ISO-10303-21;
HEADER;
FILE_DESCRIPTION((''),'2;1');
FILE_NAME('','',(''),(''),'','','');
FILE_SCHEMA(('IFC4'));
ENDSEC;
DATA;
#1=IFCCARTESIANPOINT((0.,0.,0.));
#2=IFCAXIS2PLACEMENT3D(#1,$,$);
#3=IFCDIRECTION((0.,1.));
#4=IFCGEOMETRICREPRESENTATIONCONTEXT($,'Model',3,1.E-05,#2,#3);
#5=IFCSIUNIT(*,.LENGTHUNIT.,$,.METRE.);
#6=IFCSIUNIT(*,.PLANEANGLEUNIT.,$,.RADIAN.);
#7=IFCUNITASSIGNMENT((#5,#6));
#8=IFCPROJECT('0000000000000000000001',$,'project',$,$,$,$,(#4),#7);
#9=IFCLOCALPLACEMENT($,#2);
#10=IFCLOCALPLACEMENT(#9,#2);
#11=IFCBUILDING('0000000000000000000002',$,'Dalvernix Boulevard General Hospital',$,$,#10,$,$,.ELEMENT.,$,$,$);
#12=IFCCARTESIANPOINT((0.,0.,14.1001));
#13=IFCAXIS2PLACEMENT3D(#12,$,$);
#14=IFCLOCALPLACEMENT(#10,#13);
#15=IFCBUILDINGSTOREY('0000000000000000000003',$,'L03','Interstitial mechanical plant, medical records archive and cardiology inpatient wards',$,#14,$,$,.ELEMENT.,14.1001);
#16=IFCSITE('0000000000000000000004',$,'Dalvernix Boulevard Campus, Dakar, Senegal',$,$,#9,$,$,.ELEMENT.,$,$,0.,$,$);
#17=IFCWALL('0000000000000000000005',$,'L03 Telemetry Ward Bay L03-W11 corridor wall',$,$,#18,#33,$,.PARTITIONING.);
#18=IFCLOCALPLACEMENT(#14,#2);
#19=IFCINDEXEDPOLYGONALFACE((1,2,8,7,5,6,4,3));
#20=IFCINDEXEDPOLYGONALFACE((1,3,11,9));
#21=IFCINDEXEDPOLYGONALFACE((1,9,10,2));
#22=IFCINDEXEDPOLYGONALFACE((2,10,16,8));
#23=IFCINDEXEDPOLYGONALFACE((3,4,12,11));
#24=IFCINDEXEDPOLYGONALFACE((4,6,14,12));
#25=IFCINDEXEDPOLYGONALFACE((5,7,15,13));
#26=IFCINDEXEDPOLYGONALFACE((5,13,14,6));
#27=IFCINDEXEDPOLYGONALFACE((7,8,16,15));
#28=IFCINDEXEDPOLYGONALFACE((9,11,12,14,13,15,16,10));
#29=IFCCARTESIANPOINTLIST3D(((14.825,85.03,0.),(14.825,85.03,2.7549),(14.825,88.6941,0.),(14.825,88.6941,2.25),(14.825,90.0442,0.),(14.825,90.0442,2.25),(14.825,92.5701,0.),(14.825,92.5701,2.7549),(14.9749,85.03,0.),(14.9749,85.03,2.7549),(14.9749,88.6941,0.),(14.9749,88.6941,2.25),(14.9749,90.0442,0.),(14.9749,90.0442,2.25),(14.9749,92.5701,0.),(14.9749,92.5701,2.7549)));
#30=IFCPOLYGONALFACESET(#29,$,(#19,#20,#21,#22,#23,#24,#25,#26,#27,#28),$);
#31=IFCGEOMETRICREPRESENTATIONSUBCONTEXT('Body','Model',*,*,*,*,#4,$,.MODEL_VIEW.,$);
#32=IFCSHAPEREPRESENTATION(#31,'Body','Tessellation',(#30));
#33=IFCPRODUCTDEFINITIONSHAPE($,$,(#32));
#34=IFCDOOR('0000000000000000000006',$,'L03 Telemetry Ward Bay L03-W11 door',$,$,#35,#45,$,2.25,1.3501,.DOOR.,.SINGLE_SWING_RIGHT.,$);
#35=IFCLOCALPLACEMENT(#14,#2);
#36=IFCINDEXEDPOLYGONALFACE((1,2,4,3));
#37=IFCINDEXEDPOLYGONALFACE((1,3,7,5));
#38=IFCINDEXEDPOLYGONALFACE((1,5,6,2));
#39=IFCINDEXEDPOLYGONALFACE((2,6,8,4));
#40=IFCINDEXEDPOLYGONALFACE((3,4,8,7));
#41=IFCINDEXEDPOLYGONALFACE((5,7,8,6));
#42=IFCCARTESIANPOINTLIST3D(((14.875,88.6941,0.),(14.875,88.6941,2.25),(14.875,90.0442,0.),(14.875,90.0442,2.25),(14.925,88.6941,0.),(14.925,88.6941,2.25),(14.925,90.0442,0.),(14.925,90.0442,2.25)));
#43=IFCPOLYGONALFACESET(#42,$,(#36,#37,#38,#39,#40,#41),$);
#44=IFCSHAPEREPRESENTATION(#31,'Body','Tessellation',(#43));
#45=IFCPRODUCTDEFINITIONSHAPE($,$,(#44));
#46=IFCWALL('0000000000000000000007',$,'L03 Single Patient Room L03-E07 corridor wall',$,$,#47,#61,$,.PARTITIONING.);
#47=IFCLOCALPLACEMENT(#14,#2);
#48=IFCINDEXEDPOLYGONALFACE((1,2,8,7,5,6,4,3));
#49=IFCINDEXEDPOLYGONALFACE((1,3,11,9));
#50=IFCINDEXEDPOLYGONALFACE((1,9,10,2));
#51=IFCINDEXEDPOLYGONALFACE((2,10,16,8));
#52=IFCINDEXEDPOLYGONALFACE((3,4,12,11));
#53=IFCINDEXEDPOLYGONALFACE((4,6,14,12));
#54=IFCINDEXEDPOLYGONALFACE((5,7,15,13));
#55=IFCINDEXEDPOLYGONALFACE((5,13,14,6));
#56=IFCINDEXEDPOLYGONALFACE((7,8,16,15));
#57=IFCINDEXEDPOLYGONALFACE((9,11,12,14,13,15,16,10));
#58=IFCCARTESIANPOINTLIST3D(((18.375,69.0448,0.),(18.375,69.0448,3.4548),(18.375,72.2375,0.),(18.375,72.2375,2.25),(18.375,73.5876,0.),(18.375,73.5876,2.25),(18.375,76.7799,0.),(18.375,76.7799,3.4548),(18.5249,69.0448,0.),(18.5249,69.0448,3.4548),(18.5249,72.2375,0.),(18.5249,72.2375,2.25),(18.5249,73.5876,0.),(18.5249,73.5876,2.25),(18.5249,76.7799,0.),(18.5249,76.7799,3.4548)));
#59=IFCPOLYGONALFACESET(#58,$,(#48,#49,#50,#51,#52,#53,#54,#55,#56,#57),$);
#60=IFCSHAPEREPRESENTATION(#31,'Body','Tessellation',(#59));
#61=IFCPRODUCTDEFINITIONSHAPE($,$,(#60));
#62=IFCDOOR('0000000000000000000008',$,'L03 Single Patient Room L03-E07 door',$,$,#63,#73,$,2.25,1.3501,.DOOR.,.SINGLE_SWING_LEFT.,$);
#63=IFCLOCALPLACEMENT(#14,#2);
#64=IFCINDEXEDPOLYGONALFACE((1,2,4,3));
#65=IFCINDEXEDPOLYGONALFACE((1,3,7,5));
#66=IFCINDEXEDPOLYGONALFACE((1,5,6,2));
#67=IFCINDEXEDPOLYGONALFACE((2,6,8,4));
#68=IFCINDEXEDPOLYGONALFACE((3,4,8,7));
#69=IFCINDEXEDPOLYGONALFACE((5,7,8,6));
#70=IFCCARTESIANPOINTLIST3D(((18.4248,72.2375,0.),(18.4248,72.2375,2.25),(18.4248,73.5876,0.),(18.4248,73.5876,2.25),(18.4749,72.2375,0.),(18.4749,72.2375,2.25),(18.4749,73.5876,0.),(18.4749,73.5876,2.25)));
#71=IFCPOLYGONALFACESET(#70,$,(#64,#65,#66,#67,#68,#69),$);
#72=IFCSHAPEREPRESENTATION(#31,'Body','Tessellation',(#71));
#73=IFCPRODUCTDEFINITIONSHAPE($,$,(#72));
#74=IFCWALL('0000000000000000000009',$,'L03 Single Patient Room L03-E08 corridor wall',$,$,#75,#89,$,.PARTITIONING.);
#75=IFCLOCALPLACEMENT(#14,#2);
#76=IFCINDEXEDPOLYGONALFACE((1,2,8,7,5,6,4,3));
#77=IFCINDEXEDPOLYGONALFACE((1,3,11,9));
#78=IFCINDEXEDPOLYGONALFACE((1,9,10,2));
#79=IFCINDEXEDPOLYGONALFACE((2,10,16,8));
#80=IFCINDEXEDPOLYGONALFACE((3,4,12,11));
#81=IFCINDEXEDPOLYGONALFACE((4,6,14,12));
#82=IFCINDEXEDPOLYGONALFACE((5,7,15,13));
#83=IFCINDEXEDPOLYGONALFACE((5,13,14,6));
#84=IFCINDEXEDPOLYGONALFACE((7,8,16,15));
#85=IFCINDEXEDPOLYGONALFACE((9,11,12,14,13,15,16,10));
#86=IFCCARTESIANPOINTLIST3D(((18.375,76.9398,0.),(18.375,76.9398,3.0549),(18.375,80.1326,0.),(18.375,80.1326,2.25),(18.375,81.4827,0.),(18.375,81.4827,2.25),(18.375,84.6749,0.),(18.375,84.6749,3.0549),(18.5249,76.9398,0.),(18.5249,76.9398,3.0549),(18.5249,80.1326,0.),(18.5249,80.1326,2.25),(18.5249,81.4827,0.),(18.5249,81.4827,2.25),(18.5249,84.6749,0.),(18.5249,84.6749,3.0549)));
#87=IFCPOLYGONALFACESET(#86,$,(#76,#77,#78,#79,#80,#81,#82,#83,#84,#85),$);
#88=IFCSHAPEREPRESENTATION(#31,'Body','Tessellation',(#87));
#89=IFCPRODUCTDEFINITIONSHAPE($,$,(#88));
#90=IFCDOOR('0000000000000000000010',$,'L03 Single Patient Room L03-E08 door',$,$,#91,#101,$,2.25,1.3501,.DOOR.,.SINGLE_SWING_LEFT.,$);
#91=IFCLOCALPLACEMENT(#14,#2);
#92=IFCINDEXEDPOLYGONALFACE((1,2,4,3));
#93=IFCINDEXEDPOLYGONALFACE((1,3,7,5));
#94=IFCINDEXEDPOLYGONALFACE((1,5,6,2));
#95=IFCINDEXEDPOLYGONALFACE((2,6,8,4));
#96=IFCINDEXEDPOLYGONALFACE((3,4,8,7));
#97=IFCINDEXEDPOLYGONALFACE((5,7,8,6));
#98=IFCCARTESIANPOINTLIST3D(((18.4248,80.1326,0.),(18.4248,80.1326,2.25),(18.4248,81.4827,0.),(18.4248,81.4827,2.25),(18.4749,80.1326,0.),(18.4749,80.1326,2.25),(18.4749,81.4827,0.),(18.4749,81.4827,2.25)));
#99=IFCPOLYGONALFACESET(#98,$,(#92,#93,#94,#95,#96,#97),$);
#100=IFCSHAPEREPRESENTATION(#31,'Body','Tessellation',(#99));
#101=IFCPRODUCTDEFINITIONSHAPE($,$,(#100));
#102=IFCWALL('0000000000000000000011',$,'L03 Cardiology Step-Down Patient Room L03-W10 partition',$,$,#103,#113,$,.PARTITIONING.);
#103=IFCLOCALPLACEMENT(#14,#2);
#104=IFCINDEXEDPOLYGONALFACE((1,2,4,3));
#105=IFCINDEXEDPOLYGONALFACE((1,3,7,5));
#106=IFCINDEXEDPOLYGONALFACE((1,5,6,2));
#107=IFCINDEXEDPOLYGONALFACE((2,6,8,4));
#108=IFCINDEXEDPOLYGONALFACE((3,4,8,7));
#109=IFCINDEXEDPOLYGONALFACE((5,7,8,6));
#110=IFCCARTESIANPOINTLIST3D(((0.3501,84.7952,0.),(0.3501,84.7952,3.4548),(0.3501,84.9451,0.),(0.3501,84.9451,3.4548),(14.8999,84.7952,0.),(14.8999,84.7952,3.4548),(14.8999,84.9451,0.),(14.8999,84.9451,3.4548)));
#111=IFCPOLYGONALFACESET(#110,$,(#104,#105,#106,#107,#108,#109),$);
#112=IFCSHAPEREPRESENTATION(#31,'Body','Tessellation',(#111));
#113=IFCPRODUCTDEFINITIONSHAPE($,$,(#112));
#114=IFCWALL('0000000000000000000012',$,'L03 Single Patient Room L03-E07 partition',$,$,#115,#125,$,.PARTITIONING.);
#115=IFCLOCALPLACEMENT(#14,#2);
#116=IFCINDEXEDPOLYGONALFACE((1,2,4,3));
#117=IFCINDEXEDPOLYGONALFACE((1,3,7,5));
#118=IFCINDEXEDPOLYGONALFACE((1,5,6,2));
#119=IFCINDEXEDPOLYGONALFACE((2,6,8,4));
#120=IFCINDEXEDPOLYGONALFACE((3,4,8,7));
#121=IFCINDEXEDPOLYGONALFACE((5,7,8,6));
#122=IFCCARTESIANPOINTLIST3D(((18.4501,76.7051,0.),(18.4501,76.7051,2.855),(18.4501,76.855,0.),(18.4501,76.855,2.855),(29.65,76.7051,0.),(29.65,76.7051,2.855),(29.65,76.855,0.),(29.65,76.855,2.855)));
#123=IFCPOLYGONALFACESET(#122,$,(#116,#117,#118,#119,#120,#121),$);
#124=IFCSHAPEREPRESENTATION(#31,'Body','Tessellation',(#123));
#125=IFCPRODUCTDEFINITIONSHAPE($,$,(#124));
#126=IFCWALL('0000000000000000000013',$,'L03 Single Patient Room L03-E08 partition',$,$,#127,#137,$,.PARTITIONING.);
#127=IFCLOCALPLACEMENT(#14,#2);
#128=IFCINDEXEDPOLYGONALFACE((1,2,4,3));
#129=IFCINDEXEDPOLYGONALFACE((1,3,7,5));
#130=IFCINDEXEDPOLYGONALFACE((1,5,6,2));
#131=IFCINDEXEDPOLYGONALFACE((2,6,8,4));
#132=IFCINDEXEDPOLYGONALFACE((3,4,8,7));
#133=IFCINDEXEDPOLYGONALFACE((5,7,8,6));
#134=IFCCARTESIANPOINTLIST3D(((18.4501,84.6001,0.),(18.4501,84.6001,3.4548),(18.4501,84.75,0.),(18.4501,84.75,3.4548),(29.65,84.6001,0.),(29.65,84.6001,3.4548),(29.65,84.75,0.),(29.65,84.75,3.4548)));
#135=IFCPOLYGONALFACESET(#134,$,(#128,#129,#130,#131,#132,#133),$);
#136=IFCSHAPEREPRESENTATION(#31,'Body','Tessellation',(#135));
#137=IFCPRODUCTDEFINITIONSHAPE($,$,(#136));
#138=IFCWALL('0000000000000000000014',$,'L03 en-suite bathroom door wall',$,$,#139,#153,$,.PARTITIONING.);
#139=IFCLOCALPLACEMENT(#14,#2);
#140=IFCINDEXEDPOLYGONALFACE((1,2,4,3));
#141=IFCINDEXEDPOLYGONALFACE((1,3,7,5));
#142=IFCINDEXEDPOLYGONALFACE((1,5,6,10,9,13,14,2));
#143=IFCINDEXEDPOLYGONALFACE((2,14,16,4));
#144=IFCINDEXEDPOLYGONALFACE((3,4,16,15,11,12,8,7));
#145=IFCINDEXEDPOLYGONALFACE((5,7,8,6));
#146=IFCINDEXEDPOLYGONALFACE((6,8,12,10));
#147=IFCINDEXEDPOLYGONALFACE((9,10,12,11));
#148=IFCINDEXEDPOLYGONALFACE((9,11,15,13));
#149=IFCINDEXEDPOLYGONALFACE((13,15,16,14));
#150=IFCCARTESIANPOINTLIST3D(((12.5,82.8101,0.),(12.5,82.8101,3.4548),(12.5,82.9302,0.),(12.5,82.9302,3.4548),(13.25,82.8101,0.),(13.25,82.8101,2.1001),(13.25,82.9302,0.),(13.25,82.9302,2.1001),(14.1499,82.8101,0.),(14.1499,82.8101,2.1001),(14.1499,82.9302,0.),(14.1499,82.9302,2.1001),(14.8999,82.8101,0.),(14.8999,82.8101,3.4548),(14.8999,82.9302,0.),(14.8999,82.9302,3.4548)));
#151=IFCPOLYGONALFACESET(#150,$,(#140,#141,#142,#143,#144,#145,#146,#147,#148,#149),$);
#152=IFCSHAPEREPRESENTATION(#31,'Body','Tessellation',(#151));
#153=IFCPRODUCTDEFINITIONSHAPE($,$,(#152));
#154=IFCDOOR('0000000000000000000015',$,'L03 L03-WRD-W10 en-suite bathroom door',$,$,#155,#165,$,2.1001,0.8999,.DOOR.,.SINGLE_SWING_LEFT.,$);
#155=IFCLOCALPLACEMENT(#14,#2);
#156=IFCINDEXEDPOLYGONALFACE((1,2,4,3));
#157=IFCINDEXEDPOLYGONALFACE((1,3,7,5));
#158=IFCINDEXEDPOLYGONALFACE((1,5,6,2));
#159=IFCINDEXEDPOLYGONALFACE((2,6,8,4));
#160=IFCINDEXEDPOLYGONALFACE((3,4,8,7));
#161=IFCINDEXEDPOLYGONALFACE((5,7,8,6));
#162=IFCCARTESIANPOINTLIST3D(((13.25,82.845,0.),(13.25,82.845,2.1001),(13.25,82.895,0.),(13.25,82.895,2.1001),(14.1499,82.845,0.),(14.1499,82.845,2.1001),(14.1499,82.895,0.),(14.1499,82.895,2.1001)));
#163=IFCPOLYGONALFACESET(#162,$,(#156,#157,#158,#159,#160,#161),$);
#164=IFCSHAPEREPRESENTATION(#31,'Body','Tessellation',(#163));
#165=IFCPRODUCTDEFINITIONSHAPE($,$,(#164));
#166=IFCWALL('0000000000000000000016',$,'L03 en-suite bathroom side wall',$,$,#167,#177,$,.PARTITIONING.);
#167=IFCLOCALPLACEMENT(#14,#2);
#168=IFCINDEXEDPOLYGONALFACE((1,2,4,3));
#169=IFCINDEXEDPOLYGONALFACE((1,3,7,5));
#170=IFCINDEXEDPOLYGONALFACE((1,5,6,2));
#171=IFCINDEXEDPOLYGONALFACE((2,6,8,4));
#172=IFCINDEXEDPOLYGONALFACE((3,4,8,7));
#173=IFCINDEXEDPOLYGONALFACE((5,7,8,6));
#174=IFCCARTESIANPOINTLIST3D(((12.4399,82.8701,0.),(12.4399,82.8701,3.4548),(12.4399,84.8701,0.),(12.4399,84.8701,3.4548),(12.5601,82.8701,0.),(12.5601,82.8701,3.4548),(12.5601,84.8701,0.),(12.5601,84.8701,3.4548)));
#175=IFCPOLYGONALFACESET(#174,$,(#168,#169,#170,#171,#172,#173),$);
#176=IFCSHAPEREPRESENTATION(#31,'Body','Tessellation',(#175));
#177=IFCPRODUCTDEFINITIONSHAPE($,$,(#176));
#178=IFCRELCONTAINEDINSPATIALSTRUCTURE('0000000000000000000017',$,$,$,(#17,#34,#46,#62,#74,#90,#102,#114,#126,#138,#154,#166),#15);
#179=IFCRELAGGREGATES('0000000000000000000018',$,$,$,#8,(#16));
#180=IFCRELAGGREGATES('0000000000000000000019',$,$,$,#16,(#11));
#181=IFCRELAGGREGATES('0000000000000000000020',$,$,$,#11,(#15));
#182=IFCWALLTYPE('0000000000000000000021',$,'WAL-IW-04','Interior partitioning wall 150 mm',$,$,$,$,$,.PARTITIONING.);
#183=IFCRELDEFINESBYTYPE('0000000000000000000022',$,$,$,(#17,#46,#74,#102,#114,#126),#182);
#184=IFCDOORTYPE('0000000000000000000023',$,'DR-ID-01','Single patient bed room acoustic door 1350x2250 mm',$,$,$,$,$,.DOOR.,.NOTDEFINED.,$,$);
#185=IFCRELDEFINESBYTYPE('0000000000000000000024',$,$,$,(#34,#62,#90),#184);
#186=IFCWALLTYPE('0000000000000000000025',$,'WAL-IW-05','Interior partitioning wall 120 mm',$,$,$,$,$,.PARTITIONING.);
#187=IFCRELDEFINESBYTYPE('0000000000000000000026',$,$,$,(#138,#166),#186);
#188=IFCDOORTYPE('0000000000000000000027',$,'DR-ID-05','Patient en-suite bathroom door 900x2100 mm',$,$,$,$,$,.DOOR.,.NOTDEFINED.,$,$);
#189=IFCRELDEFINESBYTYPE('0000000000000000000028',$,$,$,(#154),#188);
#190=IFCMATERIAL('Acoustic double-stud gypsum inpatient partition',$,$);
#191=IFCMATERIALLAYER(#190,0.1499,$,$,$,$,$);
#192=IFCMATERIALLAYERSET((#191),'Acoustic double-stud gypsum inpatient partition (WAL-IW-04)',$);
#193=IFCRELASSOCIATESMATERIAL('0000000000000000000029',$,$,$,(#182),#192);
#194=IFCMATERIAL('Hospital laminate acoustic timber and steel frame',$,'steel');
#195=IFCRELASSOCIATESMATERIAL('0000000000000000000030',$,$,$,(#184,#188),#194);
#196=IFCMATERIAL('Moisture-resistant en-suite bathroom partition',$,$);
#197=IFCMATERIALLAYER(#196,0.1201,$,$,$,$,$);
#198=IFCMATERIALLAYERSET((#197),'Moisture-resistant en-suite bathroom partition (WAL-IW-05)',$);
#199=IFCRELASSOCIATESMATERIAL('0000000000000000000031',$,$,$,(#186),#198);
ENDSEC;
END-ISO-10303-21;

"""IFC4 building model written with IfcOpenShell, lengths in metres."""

from ifc_helpers import new_model, si_unit, direction, frame, frame_2d, origin, place, context, subcontext, project, spatial, rectangle, extrude, material, layer, layer_set, type_object, element, fill, save


model = new_model("IFC4")

# Units and contexts
model_context = context("Model", 3, precision=1e-05, world=origin(), true_north=direction((0.0, 1.0)))
body_context = subcontext(model_context, "Body", "Model", "MODEL_VIEW")
ifc_project = project(units=[si_unit("LENGTHUNIT", "METRE"), si_unit("PLANEANGLEUNIT", "RADIAN")], contexts=[model_context])

# Site, building, storey
site_placement = place(None, origin())
site = spatial("IfcSite", under=ifc_project, at=site_placement, Name="Dalvernix Boulevard Campus, Dakar, Senegal", CompositionType="ELEMENT", RefElevation=0.0)
building_placement = place(site_placement, origin())
building = spatial("IfcBuilding", under=site, at=building_placement, Name="Dalvernix Boulevard General Hospital", CompositionType="ELEMENT")
storey_placement = place(building_placement, frame((0.0, 0.0, 14.1001)))
storey = spatial("IfcBuildingStorey", under=building, at=storey_placement, Name="L03", Description="Interstitial mechanical plant, medical records archive and cardiology inpatient wards", CompositionType="ELEMENT", Elevation=14.1001)

# Walls, openings, doors
ifc_material_1 = material(Name="Acoustic double-stud gypsum inpatient partition")
ifc_layer_1 = layer(ifc_material_1, 0.1499)
ifc_layer_set_1 = layer_set([ifc_layer_1], Name="Acoustic double-stud gypsum inpatient partition (WAL-IW-04)")
wall_type_1 = type_object("IfcWallType", Name="WAL-IW-04", Description="Interior partitioning wall 150 mm", PredefinedType="PARTITIONING", material=ifc_layer_set_1)
ifc_material_2 = material(Name="Hospital laminate acoustic timber and steel frame", Category="steel")
door_type_1 = type_object("IfcDoorType", Name="DR-ID-01", Description="Single patient bed room acoustic door 1350x2250 mm", OperationType="NOTDEFINED", PredefinedType="DOOR", material=ifc_material_2)
wall_1_placement = place(storey_placement, frame((14.8999, 85.03, 0.0), z_axis=(0.0, 0.0, 1.0), x_axis=(0.0, 1.0, 0.0)))
wall_1 = element("IfcWall", 1, at=wall_1_placement, inside=storey, type_object=wall_type_1, Name="L03 Telemetry Ward Bay L03-W11 corridor wall", PredefinedType="PARTITIONING", context=body_context, shape_type="SweptSolid", body=[
    extrude(rectangle(XDim=7.54, YDim=0.1499, at=frame_2d((3.77, 0.0))), origin(), (0.0, 0.0, 1.0), 2.7549),
])
opening_1_placement = place(wall_1_placement, frame((3.6641, 0.0, 0.0)))
opening_1 = element("IfcOpeningElement", 2, at=opening_1_placement, cuts=wall_1, PredefinedType="OPENING", context=body_context, shape_type="SweptSolid", body=[
    extrude(rectangle(XDim=1.3501, YDim=2.25, at=frame_2d((0.675, 1.125))), frame((0.0, 0.085, 0.0), z_axis=(0.0, -1.0, 0.0), x_axis=(1.0, 0.0, 0.0)), (0.0, 0.0, 1.0), 0.1699),
])
door_1_placement = place(opening_1_placement, origin())
door_1 = element("IfcDoor", 3, at=door_1_placement, inside=storey, type_object=door_type_1, Name="L03 Telemetry Ward Bay L03-W11 door", OperationType="SINGLE_SWING_RIGHT", OverallHeight=2.25, OverallWidth=1.3501, PredefinedType="DOOR", context=body_context, shape_type="SweptSolid", body=[
    extrude(rectangle(XDim=1.3501, YDim=2.25, at=frame_2d((0.675, 1.125))), frame((0.0, 0.0249, 0.0), z_axis=(0.0, -1.0, 0.0), x_axis=(1.0, 0.0, 0.0)), (0.0, 0.0, 1.0), 0.05),
])
fill(opening_1, door_1)
wall_2_placement = place(storey_placement, frame((18.45, 76.78, 0.0), z_axis=(0.0, 0.0, 1.0), x_axis=(0.0, -1.0, 0.0)))
wall_2 = element("IfcWall", 4, at=wall_2_placement, inside=storey, type_object=wall_type_1, Name="L03 Single Patient Room L03-E07 corridor wall", PredefinedType="PARTITIONING", context=body_context, shape_type="SweptSolid", body=[
    extrude(rectangle(XDim=7.7351, YDim=0.1499, at=frame_2d((3.8677, 0.0))), origin(), (0.0, 0.0, 1.0), 3.4548),
])
opening_2_placement = place(wall_2_placement, frame((3.1924, 0.0, 0.0)))
opening_2 = element("IfcOpeningElement", 5, at=opening_2_placement, cuts=wall_2, PredefinedType="OPENING", context=body_context, shape_type="SweptSolid", body=[
    extrude(rectangle(XDim=1.3501, YDim=2.25, at=frame_2d((0.675, 1.125))), frame((0.0, 0.085, 0.0), z_axis=(0.0, -1.0, 0.0), x_axis=(1.0, 0.0, 0.0)), (0.0, 0.0, 1.0), 0.1699),
])
door_2_placement = place(opening_2_placement, origin())
door_2 = element("IfcDoor", 6, at=door_2_placement, inside=storey, type_object=door_type_1, Name="L03 Single Patient Room L03-E07 door", OperationType="SINGLE_SWING_LEFT", OverallHeight=2.25, OverallWidth=1.3501, PredefinedType="DOOR", context=body_context, shape_type="SweptSolid", body=[
    extrude(rectangle(XDim=1.3501, YDim=2.25, at=frame_2d((0.675, 1.125))), frame((0.0, 0.0249, 0.0), z_axis=(0.0, -1.0, 0.0), x_axis=(1.0, 0.0, 0.0)), (0.0, 0.0, 1.0), 0.05),
])
fill(opening_2, door_2)
wall_3_placement = place(storey_placement, frame((18.45, 84.675, 0.0), z_axis=(0.0, 0.0, 1.0), x_axis=(0.0, -1.0, 0.0)))
wall_3 = element("IfcWall", 7, at=wall_3_placement, inside=storey, type_object=wall_type_1, Name="L03 Single Patient Room L03-E08 corridor wall", PredefinedType="PARTITIONING", context=body_context, shape_type="SweptSolid", body=[
    extrude(rectangle(XDim=7.7351, YDim=0.1499, at=frame_2d((3.8677, 0.0))), origin(), (0.0, 0.0, 1.0), 3.0549),
])
opening_3_placement = place(wall_3_placement, frame((3.1924, 0.0, 0.0)))
opening_3 = element("IfcOpeningElement", 8, at=opening_3_placement, cuts=wall_3, PredefinedType="OPENING", context=body_context, shape_type="SweptSolid", body=[
    extrude(rectangle(XDim=1.3501, YDim=2.25, at=frame_2d((0.675, 1.125))), frame((0.0, 0.085, 0.0), z_axis=(0.0, -1.0, 0.0), x_axis=(1.0, 0.0, 0.0)), (0.0, 0.0, 1.0), 0.1699),
])
door_3_placement = place(opening_3_placement, origin())
door_3 = element("IfcDoor", 9, at=door_3_placement, inside=storey, type_object=door_type_1, Name="L03 Single Patient Room L03-E08 door", OperationType="SINGLE_SWING_LEFT", OverallHeight=2.25, OverallWidth=1.3501, PredefinedType="DOOR", context=body_context, shape_type="SweptSolid", body=[
    extrude(rectangle(XDim=1.3501, YDim=2.25, at=frame_2d((0.675, 1.125))), frame((0.0, 0.0249, 0.0), z_axis=(0.0, -1.0, 0.0), x_axis=(1.0, 0.0, 0.0)), (0.0, 0.0, 1.0), 0.05),
])
fill(opening_3, door_3)

# Walls
wall_4_placement = place(storey_placement, frame((0.3501, 84.8701, 0.0), z_axis=(0.0, 0.0, 1.0), x_axis=(1.0, 0.0, 0.0)))
element("IfcWall", 10, at=wall_4_placement, inside=storey, type_object=wall_type_1, Name="L03 Cardiology Step-Down Patient Room L03-W10 partition", PredefinedType="PARTITIONING", context=body_context, shape_type="SweptSolid", body=[
    extrude(rectangle(XDim=14.5498, YDim=0.1499, at=frame_2d((7.2749, 0.0))), origin(), (0.0, 0.0, 1.0), 3.4548),
])
wall_5_placement = place(storey_placement, frame((18.45, 76.78, 0.0), z_axis=(0.0, 0.0, 1.0), x_axis=(1.0, 0.0, 0.0)))
element("IfcWall", 11, at=wall_5_placement, inside=storey, type_object=wall_type_1, Name="L03 Single Patient Room L03-E07 partition", PredefinedType="PARTITIONING", context=body_context, shape_type="SweptSolid", body=[
    extrude(rectangle(XDim=11.2, YDim=0.1499, at=frame_2d((5.6001, 0.0))), origin(), (0.0, 0.0, 1.0), 2.855),
])
wall_6_placement = place(storey_placement, frame((18.45, 84.675, 0.0), z_axis=(0.0, 0.0, 1.0), x_axis=(1.0, 0.0, 0.0)))
element("IfcWall", 12, at=wall_6_placement, inside=storey, type_object=wall_type_1, Name="L03 Single Patient Room L03-E08 partition", PredefinedType="PARTITIONING", context=body_context, shape_type="SweptSolid", body=[
    extrude(rectangle(XDim=11.2, YDim=0.1499, at=frame_2d((5.6001, 0.0))), origin(), (0.0, 0.0, 1.0), 3.4548),
])

# Wall, opening, door
ifc_material_3 = material(Name="Moisture-resistant en-suite bathroom partition")
ifc_layer_2 = layer(ifc_material_3, 0.1201)
ifc_layer_set_2 = layer_set([ifc_layer_2], Name="Moisture-resistant en-suite bathroom partition (WAL-IW-05)")
wall_type_2 = type_object("IfcWallType", Name="WAL-IW-05", Description="Interior partitioning wall 120 mm", PredefinedType="PARTITIONING", material=ifc_layer_set_2)
wall_7_placement = place(storey_placement, frame((12.5, 82.8701, 0.0), z_axis=(0.0, 0.0, 1.0), x_axis=(1.0, 0.0, 0.0)))
wall_7 = element("IfcWall", 13, at=wall_7_placement, inside=storey, type_object=wall_type_2, Name="L03 en-suite bathroom door wall", PredefinedType="PARTITIONING", context=body_context, shape_type="SweptSolid", body=[
    extrude(rectangle(XDim=2.3999, YDim=0.1201, at=frame_2d((1.2, 0.0))), origin(), (0.0, 0.0, 1.0), 3.4548),
])
opening_4_placement = place(wall_7_placement, frame((0.75, 0.0, 0.0)))
opening_4 = element("IfcOpeningElement", 14, at=opening_4_placement, cuts=wall_7, PredefinedType="OPENING", context=body_context, shape_type="SweptSolid", body=[
    extrude(rectangle(XDim=0.8999, YDim=2.1001, at=frame_2d((0.45, 1.05))), frame((0.0, 0.0701, 0.0), z_axis=(0.0, -1.0, 0.0), x_axis=(1.0, 0.0, 0.0)), (0.0, 0.0, 1.0), 0.1401),
])
door_type_2 = type_object("IfcDoorType", Name="DR-ID-05", Description="Patient en-suite bathroom door 900x2100 mm", OperationType="NOTDEFINED", PredefinedType="DOOR", material=ifc_material_2)
door_4_placement = place(opening_4_placement, origin())
door_4 = element("IfcDoor", 15, at=door_4_placement, inside=storey, type_object=door_type_2, Name="L03 L03-WRD-W10 en-suite bathroom door", OperationType="SINGLE_SWING_LEFT", OverallHeight=2.1001, OverallWidth=0.8999, PredefinedType="DOOR", context=body_context, shape_type="SweptSolid", body=[
    extrude(rectangle(XDim=0.8999, YDim=2.1001, at=frame_2d((0.45, 1.05))), frame((0.0, 0.0249, 0.0), z_axis=(0.0, -1.0, 0.0), x_axis=(1.0, 0.0, 0.0)), (0.0, 0.0, 1.0), 0.05),
])
fill(opening_4, door_4)

# Wall
for number, where, z_axis, x_axis, name in (
    (16, (12.5, 82.8701, 0.0), (0.0, 0.0, 1.0), (0.0, 1.0, 0.0), "L03 en-suite bathroom side wall"),
):
    element("IfcWall", number, at=place(storey_placement, frame(where, z_axis=z_axis, x_axis=x_axis)), inside=storey, type_object=wall_type_2, Name=name, PredefinedType="PARTITIONING", context=body_context, shape_type="SweptSolid", body=[
        extrude(rectangle(XDim=2.0, YDim=0.1201, at=frame_2d((1.0, 0.0))), origin(), (0.0, 0.0, 1.0), 3.4548),
    ])

save(model, "model.ifc")
